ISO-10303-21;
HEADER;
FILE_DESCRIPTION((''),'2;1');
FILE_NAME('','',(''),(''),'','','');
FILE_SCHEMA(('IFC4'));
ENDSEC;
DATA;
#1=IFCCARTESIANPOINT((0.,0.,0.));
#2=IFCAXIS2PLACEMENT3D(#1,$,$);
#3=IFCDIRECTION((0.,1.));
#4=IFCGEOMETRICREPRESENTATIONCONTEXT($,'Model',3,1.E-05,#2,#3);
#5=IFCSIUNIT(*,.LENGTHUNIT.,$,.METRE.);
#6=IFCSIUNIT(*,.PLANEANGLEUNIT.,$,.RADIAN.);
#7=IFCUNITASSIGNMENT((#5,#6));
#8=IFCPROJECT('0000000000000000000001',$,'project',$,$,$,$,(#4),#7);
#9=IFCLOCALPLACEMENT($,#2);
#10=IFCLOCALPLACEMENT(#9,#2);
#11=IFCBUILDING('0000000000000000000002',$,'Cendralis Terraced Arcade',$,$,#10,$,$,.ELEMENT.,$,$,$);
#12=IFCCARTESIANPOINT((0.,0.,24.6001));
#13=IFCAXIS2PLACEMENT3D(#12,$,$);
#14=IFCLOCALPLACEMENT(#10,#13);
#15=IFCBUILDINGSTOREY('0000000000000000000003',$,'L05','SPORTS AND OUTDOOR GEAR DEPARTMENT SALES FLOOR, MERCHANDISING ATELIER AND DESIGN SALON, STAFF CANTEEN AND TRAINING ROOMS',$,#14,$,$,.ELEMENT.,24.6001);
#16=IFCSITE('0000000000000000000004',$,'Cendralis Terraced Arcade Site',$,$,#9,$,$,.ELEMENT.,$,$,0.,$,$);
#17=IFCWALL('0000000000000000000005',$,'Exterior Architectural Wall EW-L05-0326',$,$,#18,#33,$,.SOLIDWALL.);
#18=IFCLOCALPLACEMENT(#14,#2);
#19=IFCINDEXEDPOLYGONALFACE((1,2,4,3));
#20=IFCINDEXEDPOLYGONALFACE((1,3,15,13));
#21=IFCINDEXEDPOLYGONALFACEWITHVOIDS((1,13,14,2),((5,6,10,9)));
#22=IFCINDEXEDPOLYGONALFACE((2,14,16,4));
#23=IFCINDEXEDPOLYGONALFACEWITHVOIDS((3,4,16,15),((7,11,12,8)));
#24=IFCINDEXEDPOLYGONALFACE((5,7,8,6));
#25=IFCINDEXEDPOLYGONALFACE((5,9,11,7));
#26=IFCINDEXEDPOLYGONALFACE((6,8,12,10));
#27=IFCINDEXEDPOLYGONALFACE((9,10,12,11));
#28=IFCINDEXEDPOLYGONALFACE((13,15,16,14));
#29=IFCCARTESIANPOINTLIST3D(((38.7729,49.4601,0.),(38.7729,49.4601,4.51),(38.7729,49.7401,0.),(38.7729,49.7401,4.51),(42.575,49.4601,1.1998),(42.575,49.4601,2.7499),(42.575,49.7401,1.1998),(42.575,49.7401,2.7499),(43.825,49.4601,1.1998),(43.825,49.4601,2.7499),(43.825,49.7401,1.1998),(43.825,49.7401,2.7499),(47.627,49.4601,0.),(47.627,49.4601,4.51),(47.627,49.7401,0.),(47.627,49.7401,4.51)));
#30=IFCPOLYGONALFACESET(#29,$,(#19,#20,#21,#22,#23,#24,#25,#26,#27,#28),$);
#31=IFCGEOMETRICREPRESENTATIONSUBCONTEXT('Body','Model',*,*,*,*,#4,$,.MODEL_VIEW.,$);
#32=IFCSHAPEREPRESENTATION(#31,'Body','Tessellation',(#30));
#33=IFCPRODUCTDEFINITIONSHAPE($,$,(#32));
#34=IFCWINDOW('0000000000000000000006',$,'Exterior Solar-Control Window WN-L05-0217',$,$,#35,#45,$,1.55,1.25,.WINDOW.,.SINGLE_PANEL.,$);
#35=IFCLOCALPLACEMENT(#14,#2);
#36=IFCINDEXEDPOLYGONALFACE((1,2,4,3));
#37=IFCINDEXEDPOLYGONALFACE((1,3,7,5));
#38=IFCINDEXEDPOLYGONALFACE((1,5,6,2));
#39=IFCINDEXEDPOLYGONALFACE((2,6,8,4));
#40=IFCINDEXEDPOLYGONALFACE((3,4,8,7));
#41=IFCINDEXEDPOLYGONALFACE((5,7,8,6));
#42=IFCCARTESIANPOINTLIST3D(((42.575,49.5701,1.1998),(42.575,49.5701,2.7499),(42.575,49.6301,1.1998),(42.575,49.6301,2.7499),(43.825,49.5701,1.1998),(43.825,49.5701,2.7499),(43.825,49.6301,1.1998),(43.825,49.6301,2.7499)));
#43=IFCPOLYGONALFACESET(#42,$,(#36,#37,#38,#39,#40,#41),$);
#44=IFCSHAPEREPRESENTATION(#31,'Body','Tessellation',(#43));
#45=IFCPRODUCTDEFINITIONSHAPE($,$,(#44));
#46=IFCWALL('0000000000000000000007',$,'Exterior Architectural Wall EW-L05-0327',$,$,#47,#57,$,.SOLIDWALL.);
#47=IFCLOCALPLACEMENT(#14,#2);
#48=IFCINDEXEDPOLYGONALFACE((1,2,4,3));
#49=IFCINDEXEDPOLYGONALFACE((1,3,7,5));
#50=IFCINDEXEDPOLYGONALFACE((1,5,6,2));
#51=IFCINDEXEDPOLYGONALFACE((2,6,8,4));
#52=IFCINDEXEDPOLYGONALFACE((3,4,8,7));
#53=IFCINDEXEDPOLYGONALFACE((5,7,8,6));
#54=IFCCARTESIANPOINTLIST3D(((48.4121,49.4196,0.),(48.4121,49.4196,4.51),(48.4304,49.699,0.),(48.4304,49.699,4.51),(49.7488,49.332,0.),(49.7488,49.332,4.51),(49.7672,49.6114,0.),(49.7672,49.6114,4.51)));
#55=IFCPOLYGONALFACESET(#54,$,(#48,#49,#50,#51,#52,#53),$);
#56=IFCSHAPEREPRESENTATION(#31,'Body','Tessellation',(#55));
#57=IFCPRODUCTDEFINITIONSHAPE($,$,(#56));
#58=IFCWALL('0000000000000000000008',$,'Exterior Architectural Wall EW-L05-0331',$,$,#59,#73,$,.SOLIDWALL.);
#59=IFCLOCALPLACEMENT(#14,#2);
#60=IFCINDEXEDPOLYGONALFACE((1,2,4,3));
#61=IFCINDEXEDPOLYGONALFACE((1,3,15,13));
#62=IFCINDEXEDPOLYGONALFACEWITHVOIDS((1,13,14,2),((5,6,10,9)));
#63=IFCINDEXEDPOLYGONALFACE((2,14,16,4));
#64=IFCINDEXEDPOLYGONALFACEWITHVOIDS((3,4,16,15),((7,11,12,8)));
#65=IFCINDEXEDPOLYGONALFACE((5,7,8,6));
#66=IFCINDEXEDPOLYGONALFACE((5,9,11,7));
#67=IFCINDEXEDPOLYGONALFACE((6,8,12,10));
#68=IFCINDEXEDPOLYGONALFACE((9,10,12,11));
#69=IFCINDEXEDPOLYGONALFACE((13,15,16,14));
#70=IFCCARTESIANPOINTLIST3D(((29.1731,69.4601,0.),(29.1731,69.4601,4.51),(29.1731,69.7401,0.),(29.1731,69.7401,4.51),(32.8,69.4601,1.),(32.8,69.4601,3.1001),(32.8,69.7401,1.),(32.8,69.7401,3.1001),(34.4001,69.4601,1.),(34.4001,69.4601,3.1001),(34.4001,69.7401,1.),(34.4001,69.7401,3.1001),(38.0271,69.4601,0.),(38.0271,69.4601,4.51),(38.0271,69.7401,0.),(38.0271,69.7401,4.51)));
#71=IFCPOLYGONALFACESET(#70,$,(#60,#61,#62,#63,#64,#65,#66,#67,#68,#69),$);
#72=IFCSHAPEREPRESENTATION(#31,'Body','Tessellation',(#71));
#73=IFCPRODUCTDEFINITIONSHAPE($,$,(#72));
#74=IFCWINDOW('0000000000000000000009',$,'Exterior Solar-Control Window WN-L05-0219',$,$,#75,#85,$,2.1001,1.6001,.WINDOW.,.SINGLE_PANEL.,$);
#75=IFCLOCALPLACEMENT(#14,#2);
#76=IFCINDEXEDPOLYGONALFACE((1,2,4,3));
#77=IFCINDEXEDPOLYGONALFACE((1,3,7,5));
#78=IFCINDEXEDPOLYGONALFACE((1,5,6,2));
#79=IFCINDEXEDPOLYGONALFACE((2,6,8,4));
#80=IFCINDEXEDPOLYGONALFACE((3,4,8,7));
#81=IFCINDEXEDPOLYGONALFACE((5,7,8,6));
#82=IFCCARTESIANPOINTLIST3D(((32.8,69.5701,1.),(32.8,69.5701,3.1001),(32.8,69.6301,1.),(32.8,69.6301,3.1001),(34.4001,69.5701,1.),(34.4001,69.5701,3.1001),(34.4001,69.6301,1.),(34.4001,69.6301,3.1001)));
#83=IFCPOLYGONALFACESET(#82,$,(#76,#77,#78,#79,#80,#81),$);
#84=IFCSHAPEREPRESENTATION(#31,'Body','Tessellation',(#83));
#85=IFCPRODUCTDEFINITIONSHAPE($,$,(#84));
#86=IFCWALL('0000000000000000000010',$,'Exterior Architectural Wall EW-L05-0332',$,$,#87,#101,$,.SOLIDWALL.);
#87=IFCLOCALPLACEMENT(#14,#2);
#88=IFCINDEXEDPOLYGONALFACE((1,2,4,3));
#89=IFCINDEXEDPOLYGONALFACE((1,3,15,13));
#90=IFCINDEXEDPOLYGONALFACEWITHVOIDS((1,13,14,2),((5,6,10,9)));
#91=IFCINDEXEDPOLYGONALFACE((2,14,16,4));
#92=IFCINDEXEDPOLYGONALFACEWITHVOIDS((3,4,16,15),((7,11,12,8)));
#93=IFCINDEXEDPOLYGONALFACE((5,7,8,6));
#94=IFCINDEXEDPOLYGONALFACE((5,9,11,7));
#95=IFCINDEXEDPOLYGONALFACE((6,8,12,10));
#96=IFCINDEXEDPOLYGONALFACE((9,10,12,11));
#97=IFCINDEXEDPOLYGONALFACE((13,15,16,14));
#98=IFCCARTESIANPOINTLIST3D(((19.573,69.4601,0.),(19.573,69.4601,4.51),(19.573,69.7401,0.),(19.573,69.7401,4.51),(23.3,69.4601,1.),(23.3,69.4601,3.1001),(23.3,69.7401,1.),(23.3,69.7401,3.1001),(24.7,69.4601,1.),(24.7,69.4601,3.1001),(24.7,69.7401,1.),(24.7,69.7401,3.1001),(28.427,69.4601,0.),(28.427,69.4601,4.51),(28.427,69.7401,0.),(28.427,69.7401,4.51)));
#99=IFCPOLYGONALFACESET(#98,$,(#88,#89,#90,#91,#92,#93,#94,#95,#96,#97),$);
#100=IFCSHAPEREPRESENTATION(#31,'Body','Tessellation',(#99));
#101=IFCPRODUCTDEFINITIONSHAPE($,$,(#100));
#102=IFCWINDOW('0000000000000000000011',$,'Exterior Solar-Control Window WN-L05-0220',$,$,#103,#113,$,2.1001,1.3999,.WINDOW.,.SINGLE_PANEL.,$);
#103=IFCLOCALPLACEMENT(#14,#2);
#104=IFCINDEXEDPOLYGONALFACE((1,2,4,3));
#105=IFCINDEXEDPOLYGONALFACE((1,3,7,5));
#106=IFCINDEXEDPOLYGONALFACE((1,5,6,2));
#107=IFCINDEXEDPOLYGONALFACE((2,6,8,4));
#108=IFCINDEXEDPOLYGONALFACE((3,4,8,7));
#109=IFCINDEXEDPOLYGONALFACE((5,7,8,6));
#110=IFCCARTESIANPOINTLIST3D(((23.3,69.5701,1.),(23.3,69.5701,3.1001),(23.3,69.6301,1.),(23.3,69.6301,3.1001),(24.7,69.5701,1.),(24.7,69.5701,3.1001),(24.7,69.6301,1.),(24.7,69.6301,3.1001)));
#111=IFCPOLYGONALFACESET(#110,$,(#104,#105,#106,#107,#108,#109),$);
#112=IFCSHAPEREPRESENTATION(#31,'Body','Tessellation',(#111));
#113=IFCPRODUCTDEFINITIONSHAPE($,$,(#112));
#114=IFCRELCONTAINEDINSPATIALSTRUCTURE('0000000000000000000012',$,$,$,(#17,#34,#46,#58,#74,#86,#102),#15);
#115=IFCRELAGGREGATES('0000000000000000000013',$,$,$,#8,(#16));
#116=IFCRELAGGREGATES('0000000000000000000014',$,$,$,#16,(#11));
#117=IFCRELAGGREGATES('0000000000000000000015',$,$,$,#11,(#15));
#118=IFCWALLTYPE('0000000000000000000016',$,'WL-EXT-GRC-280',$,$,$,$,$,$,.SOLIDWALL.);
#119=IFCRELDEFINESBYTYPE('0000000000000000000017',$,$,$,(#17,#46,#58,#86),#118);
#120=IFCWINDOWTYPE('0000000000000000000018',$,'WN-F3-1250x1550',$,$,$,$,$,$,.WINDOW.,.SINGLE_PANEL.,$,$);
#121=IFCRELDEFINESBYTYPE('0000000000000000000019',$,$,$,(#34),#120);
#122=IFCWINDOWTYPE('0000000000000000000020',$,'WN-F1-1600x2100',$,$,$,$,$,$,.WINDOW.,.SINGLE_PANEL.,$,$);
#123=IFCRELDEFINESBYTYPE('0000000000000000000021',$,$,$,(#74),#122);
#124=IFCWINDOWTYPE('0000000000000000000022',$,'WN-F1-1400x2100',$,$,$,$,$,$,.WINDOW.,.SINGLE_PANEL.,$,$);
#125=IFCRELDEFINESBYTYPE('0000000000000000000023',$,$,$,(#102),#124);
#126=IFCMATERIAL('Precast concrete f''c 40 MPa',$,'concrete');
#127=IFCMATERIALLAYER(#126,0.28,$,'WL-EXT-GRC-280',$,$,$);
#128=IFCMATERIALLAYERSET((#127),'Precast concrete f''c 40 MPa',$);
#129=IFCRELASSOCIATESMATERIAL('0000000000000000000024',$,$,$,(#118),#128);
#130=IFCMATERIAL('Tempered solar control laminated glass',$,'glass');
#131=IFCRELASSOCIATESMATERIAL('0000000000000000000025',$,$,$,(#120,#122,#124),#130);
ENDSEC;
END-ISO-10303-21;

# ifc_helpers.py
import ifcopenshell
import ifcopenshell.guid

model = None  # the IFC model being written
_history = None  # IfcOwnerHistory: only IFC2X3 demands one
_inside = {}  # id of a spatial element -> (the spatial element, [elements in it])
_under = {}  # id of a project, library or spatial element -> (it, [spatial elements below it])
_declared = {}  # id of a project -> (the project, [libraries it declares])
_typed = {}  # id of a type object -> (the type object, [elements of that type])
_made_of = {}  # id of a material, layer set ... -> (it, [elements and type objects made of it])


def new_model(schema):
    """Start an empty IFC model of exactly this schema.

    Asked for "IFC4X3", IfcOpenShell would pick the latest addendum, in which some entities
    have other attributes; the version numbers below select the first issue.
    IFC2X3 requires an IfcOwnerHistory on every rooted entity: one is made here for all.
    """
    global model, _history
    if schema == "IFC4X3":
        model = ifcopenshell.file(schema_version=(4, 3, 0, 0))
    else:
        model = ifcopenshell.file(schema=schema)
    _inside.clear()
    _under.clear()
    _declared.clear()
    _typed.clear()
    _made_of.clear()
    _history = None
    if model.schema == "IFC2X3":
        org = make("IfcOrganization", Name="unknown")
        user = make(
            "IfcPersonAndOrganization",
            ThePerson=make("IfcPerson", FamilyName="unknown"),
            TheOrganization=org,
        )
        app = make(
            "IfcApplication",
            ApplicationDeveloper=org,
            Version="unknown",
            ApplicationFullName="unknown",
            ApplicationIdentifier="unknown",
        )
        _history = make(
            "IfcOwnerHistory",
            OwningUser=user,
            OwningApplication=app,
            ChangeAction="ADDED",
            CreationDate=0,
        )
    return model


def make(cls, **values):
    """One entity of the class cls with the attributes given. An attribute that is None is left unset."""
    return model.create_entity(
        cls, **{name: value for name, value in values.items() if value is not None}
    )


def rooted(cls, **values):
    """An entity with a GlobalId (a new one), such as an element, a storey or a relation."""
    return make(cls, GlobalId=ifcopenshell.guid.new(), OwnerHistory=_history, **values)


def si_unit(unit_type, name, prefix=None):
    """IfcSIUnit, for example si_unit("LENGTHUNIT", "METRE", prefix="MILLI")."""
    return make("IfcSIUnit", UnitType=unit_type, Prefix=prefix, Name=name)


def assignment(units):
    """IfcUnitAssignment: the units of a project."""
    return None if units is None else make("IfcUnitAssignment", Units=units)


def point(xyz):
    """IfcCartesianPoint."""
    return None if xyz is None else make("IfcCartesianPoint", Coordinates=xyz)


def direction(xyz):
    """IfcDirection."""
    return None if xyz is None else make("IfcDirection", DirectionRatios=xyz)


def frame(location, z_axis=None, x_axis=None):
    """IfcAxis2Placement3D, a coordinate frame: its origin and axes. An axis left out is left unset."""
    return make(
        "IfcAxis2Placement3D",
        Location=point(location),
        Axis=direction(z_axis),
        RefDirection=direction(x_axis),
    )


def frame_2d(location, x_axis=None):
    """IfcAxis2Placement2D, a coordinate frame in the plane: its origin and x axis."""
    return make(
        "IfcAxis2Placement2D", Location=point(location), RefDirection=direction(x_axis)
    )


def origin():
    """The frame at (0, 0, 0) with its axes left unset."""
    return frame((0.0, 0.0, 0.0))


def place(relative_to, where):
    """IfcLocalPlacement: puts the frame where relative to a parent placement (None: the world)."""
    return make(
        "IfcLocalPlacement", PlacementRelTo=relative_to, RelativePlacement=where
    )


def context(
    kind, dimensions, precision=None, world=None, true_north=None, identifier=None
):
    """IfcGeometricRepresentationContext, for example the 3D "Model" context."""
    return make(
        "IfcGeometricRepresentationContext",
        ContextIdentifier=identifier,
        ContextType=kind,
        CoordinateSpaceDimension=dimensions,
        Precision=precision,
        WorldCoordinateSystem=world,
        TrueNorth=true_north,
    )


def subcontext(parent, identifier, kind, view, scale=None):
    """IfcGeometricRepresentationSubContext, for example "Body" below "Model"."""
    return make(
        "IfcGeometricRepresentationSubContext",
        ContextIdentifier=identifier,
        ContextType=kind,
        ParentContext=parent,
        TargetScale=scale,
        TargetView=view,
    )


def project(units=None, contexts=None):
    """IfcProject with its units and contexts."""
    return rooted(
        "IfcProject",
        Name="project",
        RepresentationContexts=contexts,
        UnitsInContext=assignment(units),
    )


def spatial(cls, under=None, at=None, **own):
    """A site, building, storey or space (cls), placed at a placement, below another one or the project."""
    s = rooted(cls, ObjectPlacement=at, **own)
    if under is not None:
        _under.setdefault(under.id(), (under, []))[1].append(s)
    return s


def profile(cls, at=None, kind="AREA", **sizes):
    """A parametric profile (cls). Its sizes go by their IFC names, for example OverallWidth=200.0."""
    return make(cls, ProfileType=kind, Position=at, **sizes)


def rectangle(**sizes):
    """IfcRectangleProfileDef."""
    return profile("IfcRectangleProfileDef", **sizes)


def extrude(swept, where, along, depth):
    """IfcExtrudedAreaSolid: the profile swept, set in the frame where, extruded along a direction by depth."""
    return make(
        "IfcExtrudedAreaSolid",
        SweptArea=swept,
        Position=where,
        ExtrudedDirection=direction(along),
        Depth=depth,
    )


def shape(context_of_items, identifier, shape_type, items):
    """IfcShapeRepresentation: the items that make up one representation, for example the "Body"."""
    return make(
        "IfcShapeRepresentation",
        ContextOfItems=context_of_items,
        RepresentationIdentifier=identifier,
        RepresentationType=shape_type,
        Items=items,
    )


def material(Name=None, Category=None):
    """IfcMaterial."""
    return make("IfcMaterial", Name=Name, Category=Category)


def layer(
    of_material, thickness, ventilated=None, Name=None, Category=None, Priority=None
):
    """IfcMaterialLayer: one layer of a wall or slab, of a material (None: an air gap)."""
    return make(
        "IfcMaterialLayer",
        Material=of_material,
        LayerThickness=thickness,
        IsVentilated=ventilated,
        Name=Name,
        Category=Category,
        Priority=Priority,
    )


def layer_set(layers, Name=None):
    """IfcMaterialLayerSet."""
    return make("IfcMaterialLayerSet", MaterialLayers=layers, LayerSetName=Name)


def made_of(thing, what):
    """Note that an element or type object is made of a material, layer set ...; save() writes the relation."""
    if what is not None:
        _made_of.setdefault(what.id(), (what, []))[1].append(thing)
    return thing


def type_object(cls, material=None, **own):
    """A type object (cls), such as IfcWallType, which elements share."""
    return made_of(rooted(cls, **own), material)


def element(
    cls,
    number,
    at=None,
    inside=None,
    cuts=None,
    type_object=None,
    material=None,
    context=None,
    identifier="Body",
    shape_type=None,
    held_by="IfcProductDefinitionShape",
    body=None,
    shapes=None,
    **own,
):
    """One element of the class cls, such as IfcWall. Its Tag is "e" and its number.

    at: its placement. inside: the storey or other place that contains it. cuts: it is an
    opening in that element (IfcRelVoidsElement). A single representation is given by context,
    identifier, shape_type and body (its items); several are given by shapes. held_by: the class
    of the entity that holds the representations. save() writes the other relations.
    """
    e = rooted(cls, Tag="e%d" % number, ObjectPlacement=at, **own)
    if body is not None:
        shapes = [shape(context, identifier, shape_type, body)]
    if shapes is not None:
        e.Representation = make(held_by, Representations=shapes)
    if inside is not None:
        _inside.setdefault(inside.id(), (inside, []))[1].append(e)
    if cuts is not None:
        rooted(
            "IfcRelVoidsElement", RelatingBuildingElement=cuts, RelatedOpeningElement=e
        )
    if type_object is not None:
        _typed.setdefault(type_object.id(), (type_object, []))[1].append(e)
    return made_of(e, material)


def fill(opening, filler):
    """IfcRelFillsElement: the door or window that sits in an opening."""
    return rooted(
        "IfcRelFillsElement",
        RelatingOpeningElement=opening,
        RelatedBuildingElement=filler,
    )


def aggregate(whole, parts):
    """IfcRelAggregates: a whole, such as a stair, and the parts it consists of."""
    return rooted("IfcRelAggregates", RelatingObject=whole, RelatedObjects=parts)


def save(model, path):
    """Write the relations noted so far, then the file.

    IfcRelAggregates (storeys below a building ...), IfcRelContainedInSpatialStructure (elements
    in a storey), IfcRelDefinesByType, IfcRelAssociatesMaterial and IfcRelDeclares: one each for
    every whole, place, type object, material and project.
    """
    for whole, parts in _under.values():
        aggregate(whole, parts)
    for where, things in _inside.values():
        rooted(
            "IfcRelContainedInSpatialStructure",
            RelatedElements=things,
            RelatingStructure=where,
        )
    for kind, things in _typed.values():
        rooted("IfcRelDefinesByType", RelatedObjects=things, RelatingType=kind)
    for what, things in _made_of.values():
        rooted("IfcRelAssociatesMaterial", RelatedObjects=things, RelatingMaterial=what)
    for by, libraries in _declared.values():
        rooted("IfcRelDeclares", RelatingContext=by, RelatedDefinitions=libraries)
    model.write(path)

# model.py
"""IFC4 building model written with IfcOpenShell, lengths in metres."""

from ifc_helpers import new_model, si_unit, direction, frame, frame_2d, origin, place, context, subcontext, project, spatial, rectangle, extrude, material, layer, layer_set, type_object, element, fill, save


model = new_model("IFC4")

# Units and contexts
model_context = context("Model", 3, precision=1e-05, world=origin(), true_north=direction((0.0, 1.0)))
body_context = subcontext(model_context, "Body", "Model", "MODEL_VIEW")
ifc_project = project(units=[si_unit("LENGTHUNIT", "METRE"), si_unit("PLANEANGLEUNIT", "RADIAN")], contexts=[model_context])

# Site, building, storey
site_placement = place(None, origin())
site = spatial("IfcSite", under=ifc_project, at=site_placement, Name="Cendralis Terraced Arcade Site", CompositionType="ELEMENT", RefElevation=0.0)
building_placement = place(site_placement, origin())
building = spatial("IfcBuilding", under=site, at=building_placement, Name="Cendralis Terraced Arcade", CompositionType="ELEMENT")
storey_placement = place(building_placement, frame((0.0, 0.0, 24.6001)))
storey = spatial("IfcBuildingStorey", under=building, at=storey_placement, Name="L05", Description="SPORTS AND OUTDOOR GEAR DEPARTMENT SALES FLOOR, MERCHANDISING ATELIER AND DESIGN SALON, STAFF CANTEEN AND TRAINING ROOMS", CompositionType="ELEMENT", Elevation=24.6001)

# Shared definitions
ifc_material_1 = material(Name="Tempered solar control laminated glass", Category="glass")

# Wall, opening, window
ifc_material_2 = material(Name="Precast concrete f'c 40 MPa", Category="concrete")
ifc_layer_1 = layer(ifc_material_2, 0.28, Name="WL-EXT-GRC-280")
ifc_layer_set_1 = layer_set([ifc_layer_1], Name="Precast concrete f'c 40 MPa")
wall_type_1 = type_object("IfcWallType", Name="WL-EXT-GRC-280", PredefinedType="SOLIDWALL", material=ifc_layer_set_1)
wall_1_placement = place(storey_placement, frame((38.7729, 49.6001, 0.0), z_axis=(0.0, 0.0, 1.0), x_axis=(1.0, 0.0, 0.0)))
wall_1 = element("IfcWall", 1, at=wall_1_placement, inside=storey, type_object=wall_type_1, Name="Exterior Architectural Wall EW-L05-0326", PredefinedType="SOLIDWALL", context=body_context, shape_type="SweptSolid", body=[
    extrude(rectangle(XDim=8.854, YDim=0.28, at=frame_2d((4.427, 0.0))), origin(), (0.0, 0.0, 1.0), 4.51),
])
opening_1_placement = place(wall_1_placement, frame((3.802, 0.0, 1.2)))
opening_1 = element("IfcOpeningElement", 2, at=opening_1_placement, cuts=wall_1, PredefinedType="OPENING", context=body_context, shape_type="SweptSolid", body=[
    extrude(rectangle(XDim=1.25, YDim=1.55, at=frame_2d((0.625, 0.7749))), frame((0.0, 0.1519, 0.0), z_axis=(0.0, -1.0, 0.0), x_axis=(1.0, 0.0, 0.0)), (0.0, 0.0, 1.0), 0.304),
])
window_type_1 = type_object("IfcWindowType", Name="WN-F3-1250x1550", PartitioningType="SINGLE_PANEL", PredefinedType="WINDOW", material=ifc_material_1)
window_1_placement = place(opening_1_placement, origin())
window_1 = element("IfcWindow", 3, at=window_1_placement, inside=storey, type_object=window_type_1, Name="Exterior Solar-Control Window WN-L05-0217", OverallHeight=1.55, OverallWidth=1.25, PartitioningType="SINGLE_PANEL", PredefinedType="WINDOW", context=body_context, shape_type="SweptSolid", body=[
    extrude(rectangle(XDim=1.25, YDim=1.55, at=frame_2d((0.625, 0.7749))), frame((0.0, 0.03, 0.0), z_axis=(0.0, -1.0, 0.0), x_axis=(1.0, 0.0, 0.0)), (0.0, 0.0, 1.0), 0.0601),
])
fill(opening_1, window_1)

# Wall
wall_2_placement = place(storey_placement, frame((48.4211, 49.5593, 0.0), z_axis=(0.0, 0.0, 1.0), x_axis=(0.997857, -0.06543, 0.0)))
element("IfcWall", 4, at=wall_2_placement, inside=storey, type_object=wall_type_1, Name="Exterior Architectural Wall EW-L05-0327", PredefinedType="SOLIDWALL", context=body_context, shape_type="SweptSolid", body=[
    extrude(rectangle(XDim=1.3396, YDim=0.28, at=frame_2d((0.6699, 0.0))), origin(), (0.0, 0.0, 1.0), 4.51),
])

# Walls, openings, windows
wall_3_placement = place(storey_placement, frame((38.0271, 69.6001, 0.0), z_axis=(0.0, 0.0, 1.0), x_axis=(-1.0, 0.0, 0.0)))
wall_3 = element("IfcWall", 5, at=wall_3_placement, inside=storey, type_object=wall_type_1, Name="Exterior Architectural Wall EW-L05-0331", PredefinedType="SOLIDWALL", context=body_context, shape_type="SweptSolid", body=[
    extrude(rectangle(XDim=8.854, YDim=0.28, at=frame_2d((4.427, 0.0))), origin(), (0.0, 0.0, 1.0), 4.51),
])
opening_2_placement = place(wall_3_placement, frame((3.627, 0.0, 1.0)))
opening_2 = element("IfcOpeningElement", 6, at=opening_2_placement, cuts=wall_3, PredefinedType="OPENING", context=body_context, shape_type="SweptSolid", body=[
    extrude(rectangle(XDim=1.6001, YDim=2.1001, at=frame_2d((0.8, 1.05))), frame((0.0, 0.1519, 0.0), z_axis=(0.0, -1.0, 0.0), x_axis=(1.0, 0.0, 0.0)), (0.0, 0.0, 1.0), 0.304),
])
window_type_2 = type_object("IfcWindowType", Name="WN-F1-1600x2100", PartitioningType="SINGLE_PANEL", PredefinedType="WINDOW", material=ifc_material_1)
window_2_placement = place(opening_2_placement, origin())
window_2 = element("IfcWindow", 7, at=window_2_placement, inside=storey, type_object=window_type_2, Name="Exterior Solar-Control Window WN-L05-0219", OverallHeight=2.1001, OverallWidth=1.6001, PartitioningType="SINGLE_PANEL", PredefinedType="WINDOW", context=body_context, shape_type="SweptSolid", body=[
    extrude(rectangle(XDim=1.6001, YDim=2.1001, at=frame_2d((0.8, 1.05))), frame((0.0, 0.03, 0.0), z_axis=(0.0, -1.0, 0.0), x_axis=(1.0, 0.0, 0.0)), (0.0, 0.0, 1.0), 0.0601),
])
fill(opening_2, window_2)
wall_4_placement = place(storey_placement, frame((28.427, 69.6001, 0.0), z_axis=(0.0, 0.0, 1.0), x_axis=(-1.0, 0.0, 0.0)))
wall_4 = element("IfcWall", 8, at=wall_4_placement, inside=storey, type_object=wall_type_1, Name="Exterior Architectural Wall EW-L05-0332", PredefinedType="SOLIDWALL", context=body_context, shape_type="SweptSolid", body=[
    extrude(rectangle(XDim=8.854, YDim=0.28, at=frame_2d((4.427, 0.0))), origin(), (0.0, 0.0, 1.0), 4.51),
])
opening_3_placement = place(wall_4_placement, frame((3.7271, 0.0, 1.0)))
opening_3 = element("IfcOpeningElement", 9, at=opening_3_placement, cuts=wall_4, PredefinedType="OPENING", context=body_context, shape_type="SweptSolid", body=[
    extrude(rectangle(XDim=1.3999, YDim=2.1001, at=frame_2d((0.7, 1.05))), frame((0.0, 0.1519, 0.0), z_axis=(0.0, -1.0, 0.0), x_axis=(1.0, 0.0, 0.0)), (0.0, 0.0, 1.0), 0.304),
])
window_type_3 = type_object("IfcWindowType", Name="WN-F1-1400x2100", PartitioningType="SINGLE_PANEL", PredefinedType="WINDOW", material=ifc_material_1)
window_3_placement = place(opening_3_placement, origin())
window_3 = element("IfcWindow", 10, at=window_3_placement, inside=storey, type_object=window_type_3, Name="Exterior Solar-Control Window WN-L05-0220", OverallHeight=2.1001, OverallWidth=1.3999, PartitioningType="SINGLE_PANEL", PredefinedType="WINDOW", context=body_context, shape_type="SweptSolid", body=[
    extrude(rectangle(XDim=1.3999, YDim=2.1001, at=frame_2d((0.7, 1.05))), frame((0.0, 0.03, 0.0), z_axis=(0.0, -1.0, 0.0), x_axis=(1.0, 0.0, 0.0)), (0.0, 0.0, 1.0), 0.0601),
])
fill(opening_3, window_3)

save(model, "model.ifc")
